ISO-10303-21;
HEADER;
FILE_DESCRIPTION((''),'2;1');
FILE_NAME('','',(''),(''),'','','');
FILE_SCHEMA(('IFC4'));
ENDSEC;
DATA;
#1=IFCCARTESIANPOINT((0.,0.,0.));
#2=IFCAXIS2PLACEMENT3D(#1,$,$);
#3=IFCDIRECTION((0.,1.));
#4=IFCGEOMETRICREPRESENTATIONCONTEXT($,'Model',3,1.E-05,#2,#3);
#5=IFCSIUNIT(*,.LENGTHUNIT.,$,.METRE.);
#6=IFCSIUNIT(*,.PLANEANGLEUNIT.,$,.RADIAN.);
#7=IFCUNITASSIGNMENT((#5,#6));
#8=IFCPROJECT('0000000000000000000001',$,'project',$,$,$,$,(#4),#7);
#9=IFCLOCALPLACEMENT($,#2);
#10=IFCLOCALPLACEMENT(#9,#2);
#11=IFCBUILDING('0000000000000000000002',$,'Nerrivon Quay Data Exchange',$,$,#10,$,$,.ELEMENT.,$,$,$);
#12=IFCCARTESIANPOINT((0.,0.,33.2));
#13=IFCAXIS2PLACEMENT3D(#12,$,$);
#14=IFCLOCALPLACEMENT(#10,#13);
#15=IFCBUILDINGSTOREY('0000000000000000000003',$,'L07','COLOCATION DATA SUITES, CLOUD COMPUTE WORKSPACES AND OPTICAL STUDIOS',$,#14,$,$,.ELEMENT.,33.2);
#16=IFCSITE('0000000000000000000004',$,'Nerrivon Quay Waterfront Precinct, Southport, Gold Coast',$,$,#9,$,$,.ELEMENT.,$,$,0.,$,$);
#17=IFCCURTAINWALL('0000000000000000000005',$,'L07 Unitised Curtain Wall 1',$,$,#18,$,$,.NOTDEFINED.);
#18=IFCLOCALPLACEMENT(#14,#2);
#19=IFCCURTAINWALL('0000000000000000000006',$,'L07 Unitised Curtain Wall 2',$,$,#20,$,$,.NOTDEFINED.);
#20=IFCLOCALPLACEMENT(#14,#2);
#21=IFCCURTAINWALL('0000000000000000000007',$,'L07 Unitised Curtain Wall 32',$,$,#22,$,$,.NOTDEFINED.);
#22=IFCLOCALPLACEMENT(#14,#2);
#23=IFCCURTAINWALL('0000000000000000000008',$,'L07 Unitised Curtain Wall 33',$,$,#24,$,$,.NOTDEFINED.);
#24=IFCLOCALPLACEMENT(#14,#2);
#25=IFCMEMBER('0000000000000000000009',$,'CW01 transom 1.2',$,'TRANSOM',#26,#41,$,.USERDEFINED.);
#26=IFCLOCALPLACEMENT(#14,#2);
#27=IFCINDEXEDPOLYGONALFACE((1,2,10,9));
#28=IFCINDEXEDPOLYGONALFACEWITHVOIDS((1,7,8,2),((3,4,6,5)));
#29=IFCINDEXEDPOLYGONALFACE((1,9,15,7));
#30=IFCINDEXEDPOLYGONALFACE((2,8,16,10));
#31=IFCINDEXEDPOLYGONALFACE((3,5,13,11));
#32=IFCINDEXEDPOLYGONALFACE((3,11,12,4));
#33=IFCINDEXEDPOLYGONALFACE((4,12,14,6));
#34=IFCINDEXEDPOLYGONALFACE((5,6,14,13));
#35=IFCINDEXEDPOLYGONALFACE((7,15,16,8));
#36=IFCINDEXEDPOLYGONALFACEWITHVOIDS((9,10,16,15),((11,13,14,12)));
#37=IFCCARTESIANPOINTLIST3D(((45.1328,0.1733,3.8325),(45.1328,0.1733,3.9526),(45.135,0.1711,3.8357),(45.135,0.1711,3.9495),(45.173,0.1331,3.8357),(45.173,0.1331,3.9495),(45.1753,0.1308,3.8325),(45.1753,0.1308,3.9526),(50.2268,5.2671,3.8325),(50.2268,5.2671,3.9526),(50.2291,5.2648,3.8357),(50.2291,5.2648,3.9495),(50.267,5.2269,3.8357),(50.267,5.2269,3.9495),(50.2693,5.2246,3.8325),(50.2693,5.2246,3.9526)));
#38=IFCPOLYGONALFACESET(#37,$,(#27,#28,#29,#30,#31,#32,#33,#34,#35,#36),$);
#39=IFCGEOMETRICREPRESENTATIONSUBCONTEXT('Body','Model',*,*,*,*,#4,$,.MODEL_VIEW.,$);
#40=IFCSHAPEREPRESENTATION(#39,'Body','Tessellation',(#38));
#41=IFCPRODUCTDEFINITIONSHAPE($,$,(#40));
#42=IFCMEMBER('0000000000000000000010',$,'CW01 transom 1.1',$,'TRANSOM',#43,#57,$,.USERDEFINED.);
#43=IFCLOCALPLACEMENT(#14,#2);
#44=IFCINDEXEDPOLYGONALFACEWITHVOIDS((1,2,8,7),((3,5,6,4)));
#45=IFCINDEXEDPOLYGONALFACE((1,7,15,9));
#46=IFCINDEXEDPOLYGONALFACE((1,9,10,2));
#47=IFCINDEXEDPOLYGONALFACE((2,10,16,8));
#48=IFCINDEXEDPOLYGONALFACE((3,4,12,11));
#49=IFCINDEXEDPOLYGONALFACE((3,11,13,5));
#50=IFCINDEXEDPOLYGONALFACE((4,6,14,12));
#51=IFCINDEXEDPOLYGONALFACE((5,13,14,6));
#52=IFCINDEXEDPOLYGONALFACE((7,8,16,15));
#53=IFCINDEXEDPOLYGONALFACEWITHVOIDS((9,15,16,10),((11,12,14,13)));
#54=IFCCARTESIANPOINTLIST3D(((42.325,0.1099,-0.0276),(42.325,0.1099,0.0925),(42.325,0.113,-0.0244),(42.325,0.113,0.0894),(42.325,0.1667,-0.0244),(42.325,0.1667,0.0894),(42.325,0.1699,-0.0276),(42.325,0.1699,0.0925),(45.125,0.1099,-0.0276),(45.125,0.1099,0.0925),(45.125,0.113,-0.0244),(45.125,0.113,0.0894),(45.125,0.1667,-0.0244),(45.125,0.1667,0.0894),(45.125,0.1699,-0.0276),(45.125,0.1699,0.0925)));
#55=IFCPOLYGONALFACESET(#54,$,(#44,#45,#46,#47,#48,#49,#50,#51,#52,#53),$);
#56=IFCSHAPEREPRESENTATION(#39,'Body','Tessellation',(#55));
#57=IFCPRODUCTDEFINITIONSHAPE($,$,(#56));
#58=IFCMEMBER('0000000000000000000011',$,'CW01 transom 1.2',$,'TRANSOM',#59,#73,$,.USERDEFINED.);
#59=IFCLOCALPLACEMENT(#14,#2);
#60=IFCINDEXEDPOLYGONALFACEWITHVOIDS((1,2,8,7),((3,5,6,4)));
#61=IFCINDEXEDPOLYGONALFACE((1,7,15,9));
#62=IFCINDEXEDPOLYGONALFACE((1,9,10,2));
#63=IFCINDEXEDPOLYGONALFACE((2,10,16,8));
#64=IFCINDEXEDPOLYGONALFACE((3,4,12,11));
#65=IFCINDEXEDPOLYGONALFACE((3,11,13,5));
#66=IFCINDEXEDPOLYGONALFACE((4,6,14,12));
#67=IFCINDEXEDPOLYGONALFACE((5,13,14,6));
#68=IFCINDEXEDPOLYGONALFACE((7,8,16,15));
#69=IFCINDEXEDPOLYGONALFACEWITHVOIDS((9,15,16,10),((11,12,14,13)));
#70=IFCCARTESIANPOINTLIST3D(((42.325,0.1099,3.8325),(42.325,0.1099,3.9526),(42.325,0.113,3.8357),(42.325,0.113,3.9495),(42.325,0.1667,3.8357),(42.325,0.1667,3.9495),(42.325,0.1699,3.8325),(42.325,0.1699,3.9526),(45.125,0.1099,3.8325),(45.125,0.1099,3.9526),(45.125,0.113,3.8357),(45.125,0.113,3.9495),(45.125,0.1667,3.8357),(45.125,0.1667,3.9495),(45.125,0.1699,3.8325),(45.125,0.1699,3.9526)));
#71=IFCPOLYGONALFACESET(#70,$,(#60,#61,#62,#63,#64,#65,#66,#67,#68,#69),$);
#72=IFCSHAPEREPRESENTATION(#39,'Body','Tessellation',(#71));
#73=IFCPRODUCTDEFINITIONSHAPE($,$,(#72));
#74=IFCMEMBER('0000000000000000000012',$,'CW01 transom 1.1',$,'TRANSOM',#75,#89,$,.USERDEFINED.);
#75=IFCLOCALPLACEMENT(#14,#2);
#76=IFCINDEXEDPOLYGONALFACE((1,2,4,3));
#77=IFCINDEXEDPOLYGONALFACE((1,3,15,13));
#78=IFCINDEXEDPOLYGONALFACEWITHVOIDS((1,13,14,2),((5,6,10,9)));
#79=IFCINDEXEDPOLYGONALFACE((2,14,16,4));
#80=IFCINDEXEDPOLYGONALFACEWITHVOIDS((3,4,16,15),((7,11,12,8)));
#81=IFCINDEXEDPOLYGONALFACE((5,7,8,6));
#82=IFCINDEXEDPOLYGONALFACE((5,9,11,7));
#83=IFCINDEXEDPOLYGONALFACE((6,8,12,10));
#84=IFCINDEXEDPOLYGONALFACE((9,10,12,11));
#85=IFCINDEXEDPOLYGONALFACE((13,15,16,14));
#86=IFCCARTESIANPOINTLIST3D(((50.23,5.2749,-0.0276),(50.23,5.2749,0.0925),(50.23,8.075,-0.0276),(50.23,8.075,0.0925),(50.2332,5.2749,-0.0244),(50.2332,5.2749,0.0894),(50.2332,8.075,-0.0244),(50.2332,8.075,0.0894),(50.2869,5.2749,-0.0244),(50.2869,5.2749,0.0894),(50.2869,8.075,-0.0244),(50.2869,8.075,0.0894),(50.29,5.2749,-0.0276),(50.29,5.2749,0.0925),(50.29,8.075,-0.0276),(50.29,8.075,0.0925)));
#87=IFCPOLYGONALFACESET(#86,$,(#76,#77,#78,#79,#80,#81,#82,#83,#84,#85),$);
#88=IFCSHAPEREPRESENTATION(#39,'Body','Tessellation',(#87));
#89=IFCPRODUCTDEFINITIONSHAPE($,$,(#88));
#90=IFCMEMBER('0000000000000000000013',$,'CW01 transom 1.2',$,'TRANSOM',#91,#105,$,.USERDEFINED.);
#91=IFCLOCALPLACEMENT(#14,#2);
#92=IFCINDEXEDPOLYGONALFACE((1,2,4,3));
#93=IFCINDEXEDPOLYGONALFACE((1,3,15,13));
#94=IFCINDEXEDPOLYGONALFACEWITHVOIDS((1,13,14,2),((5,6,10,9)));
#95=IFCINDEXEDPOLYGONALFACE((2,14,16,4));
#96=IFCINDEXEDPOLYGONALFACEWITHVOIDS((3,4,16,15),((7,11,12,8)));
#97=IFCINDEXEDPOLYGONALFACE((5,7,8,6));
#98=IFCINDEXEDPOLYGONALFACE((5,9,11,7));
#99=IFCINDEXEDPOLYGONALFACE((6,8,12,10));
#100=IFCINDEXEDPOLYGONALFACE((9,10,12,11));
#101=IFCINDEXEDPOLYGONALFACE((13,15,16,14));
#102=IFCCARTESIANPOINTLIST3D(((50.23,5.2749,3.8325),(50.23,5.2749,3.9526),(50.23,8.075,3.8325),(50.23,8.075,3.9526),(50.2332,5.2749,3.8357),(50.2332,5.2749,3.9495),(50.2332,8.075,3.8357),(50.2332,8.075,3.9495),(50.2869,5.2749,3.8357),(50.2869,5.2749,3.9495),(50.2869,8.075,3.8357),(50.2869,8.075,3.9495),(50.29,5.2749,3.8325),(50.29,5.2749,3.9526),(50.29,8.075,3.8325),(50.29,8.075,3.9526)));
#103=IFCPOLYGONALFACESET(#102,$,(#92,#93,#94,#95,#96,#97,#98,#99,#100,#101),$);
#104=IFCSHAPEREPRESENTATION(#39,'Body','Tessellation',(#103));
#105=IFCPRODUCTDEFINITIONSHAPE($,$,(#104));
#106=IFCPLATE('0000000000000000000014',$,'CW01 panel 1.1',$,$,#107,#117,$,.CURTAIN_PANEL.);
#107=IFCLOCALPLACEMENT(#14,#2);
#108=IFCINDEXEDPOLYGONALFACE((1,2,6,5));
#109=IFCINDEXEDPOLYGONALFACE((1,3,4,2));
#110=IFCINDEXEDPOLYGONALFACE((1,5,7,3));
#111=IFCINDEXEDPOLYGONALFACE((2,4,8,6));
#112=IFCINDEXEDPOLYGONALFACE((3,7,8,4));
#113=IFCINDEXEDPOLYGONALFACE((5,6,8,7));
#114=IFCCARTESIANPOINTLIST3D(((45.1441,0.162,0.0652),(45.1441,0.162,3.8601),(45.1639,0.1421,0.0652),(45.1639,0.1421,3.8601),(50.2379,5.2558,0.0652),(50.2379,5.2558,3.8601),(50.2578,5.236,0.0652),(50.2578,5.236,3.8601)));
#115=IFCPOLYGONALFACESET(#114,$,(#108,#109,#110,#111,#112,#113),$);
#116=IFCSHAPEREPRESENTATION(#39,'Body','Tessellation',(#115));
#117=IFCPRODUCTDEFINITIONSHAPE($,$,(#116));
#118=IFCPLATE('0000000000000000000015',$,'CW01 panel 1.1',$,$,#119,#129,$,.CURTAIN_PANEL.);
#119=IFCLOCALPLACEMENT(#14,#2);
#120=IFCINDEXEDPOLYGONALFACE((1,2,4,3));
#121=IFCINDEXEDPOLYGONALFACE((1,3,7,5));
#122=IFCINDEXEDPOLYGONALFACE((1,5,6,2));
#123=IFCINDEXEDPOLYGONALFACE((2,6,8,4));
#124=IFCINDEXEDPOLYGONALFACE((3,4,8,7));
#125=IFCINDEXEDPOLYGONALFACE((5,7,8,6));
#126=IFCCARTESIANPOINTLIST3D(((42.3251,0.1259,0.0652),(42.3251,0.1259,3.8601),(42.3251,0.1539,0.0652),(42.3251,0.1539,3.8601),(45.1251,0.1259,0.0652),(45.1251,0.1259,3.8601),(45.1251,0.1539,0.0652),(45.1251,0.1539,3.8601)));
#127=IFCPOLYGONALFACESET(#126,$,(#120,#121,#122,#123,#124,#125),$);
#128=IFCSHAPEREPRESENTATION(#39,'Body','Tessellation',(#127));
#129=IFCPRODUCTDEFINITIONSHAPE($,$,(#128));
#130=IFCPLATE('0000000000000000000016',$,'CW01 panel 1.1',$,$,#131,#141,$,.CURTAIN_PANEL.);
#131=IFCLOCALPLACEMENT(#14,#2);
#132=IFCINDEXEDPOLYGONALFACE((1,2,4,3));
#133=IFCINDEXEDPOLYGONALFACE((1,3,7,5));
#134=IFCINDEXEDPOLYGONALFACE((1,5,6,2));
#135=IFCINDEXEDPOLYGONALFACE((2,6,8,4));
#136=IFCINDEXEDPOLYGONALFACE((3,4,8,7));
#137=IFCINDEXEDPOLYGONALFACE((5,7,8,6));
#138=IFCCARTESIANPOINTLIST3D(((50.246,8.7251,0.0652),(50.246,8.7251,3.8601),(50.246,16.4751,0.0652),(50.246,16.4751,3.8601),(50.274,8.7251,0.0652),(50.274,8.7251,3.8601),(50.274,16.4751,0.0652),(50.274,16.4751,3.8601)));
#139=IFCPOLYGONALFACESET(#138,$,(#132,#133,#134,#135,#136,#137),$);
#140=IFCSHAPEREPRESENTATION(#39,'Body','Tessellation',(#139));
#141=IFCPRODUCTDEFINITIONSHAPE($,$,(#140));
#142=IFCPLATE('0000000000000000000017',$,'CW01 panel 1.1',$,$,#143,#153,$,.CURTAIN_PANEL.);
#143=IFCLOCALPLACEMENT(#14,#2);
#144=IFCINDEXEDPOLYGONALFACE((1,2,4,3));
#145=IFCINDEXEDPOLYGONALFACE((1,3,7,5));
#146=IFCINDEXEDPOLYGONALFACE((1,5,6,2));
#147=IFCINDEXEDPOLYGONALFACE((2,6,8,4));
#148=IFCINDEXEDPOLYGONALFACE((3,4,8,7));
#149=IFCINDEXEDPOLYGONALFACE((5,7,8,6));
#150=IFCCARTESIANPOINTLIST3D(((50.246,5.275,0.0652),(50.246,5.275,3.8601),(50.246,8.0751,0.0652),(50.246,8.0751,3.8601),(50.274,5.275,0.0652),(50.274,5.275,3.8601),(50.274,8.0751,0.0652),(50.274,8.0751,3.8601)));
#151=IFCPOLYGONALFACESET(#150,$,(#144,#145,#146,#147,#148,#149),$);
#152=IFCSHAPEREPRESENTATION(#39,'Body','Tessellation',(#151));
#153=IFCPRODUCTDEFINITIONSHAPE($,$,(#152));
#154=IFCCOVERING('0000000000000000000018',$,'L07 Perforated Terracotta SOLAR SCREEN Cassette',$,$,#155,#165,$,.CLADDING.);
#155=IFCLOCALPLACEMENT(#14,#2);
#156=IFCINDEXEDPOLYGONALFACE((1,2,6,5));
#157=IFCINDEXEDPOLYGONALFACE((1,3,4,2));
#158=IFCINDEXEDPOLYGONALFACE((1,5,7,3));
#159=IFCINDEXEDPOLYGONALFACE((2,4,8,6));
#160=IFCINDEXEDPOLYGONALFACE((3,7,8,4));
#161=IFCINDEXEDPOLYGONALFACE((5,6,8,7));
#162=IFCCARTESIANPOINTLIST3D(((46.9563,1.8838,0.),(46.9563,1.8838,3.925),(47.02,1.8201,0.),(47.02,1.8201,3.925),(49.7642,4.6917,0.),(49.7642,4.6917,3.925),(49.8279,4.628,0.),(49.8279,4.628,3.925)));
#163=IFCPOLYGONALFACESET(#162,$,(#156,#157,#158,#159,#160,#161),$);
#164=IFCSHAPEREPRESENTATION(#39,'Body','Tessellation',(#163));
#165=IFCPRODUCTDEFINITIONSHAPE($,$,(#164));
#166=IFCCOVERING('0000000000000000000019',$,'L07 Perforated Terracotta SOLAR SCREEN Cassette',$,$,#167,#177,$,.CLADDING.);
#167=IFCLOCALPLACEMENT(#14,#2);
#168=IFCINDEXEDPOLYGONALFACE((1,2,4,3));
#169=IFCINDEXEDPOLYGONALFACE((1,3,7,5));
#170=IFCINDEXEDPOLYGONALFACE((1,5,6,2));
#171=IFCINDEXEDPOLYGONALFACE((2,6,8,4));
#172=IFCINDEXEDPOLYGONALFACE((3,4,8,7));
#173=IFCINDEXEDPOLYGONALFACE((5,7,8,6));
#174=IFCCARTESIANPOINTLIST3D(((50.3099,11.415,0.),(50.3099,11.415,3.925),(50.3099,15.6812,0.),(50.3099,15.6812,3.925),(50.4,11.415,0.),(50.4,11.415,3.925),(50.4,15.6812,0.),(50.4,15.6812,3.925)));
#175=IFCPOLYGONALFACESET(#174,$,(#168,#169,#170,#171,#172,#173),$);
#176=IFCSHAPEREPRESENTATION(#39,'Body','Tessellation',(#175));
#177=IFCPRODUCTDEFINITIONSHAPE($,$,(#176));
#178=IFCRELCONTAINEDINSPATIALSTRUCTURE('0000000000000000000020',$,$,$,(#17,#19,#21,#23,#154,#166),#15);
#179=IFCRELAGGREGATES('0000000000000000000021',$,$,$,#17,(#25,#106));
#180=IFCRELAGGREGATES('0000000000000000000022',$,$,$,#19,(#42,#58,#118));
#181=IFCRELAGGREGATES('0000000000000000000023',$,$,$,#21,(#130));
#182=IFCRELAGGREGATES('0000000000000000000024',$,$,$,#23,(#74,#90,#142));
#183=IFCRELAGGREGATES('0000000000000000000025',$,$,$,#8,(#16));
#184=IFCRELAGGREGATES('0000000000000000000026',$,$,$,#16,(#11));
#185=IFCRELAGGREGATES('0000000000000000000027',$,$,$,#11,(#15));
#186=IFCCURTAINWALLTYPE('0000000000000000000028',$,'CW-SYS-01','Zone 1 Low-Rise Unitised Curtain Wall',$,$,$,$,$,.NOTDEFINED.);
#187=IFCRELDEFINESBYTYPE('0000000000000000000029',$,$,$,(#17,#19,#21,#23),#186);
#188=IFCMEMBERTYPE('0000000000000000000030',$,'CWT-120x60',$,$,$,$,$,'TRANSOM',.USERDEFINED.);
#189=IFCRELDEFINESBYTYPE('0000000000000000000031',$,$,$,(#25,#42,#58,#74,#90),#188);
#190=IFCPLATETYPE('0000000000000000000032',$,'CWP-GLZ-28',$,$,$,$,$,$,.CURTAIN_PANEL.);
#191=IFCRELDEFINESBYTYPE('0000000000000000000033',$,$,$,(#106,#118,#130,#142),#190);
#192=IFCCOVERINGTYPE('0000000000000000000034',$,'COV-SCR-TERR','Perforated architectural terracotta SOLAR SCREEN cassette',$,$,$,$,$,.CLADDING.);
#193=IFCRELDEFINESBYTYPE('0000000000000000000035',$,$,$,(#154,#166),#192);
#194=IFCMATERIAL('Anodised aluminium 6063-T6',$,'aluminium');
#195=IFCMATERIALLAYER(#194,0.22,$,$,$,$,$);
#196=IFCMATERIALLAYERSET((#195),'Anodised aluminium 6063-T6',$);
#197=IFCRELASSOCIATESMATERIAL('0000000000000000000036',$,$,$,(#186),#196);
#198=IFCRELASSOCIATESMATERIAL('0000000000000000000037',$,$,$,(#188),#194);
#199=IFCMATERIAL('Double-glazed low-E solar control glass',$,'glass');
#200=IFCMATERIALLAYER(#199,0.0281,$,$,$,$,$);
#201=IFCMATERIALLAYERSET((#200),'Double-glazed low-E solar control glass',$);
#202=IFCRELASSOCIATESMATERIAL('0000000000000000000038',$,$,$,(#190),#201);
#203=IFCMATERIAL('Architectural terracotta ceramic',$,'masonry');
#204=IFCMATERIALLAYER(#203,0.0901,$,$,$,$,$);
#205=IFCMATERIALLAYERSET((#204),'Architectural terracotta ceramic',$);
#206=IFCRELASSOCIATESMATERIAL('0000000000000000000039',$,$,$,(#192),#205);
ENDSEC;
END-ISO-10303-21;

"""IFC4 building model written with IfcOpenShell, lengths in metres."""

from ifc_helpers import new_model, si_unit, direction, frame, origin, origin_2d, place, context, subcontext, project, spatial, rectangle, hollow_rectangle, extrude, material, layer, layer_set, material_profile, profile_set, type_object, element, aggregate, save


model = new_model("IFC4")

# Units and contexts
model_context = context("Model", 3, precision=1e-05, world=origin(), true_north=direction((0.0, 1.0)))
body_context = subcontext(model_context, "Body", "Model", "MODEL_VIEW")
ifc_project = project(units=[si_unit("LENGTHUNIT", "METRE"), si_unit("PLANEANGLEUNIT", "RADIAN")], contexts=[model_context])

# Site, building, storey
site_placement = place(None, origin())
site = spatial("IfcSite", under=ifc_project, at=site_placement, Name="Nerrivon Quay Waterfront Precinct, Southport, Gold Coast", CompositionType="ELEMENT", RefElevation=0.0)
building_placement = place(site_placement, origin())
building = spatial("IfcBuilding", under=site, at=building_placement, Name="Nerrivon Quay Data Exchange", CompositionType="ELEMENT")
storey_placement = place(building_placement, frame((0.0, 0.0, 33.2)))
storey = spatial("IfcBuildingStorey", under=building, at=storey_placement, Name="L07", Description="COLOCATION DATA SUITES, CLOUD COMPUTE WORKSPACES AND OPTICAL STUDIOS", CompositionType="ELEMENT", Elevation=33.2)

# Curtain walls
ifc_material_1 = material(Name="Anodised aluminium 6063-T6", Category="aluminium")
ifc_layer_1 = layer(ifc_material_1, 0.22)
ifc_layer_set_1 = layer_set([ifc_layer_1], Name="Anodised aluminium 6063-T6")
curtain_wall_type = type_object("IfcCurtainWallType", Name="CW-SYS-01", Description="Zone 1 Low-Rise Unitised Curtain Wall", PredefinedType="NOTDEFINED", material=ifc_layer_set_1)
curtain_wall_1_placement = place(storey_placement, origin())
curtain_wall_1 = element("IfcCurtainWall", 1, at=curtain_wall_1_placement, inside=storey, type_object=curtain_wall_type, Name="L07 Unitised Curtain Wall 1", PredefinedType="NOTDEFINED")
curtain_wall_2_placement = place(storey_placement, origin())
curtain_wall_2 = element("IfcCurtainWall", 2, at=curtain_wall_2_placement, inside=storey, type_object=curtain_wall_type, Name="L07 Unitised Curtain Wall 2", PredefinedType="NOTDEFINED")

# Curtain wall
curtain_wall_3_placement = place(storey_placement, origin())
curtain_wall_3 = element("IfcCurtainWall", 3, at=curtain_wall_3_placement, inside=storey, type_object=curtain_wall_type, Name="L07 Unitised Curtain Wall 32", PredefinedType="NOTDEFINED")

# Curtain wall
curtain_wall_4_placement = place(storey_placement, origin())
curtain_wall_4 = element("IfcCurtainWall", 4, at=curtain_wall_4_placement, inside=storey, type_object=curtain_wall_type, Name="L07 Unitised Curtain Wall 33", PredefinedType="NOTDEFINED")

# Members
ifc_material_profile_1 = material_profile(ifc_material_1, hollow_rectangle(XDim=0.0601, YDim=0.1201, WallThickness=0.0032, at=origin_2d()), Name="ALU-TRAN-120x60")
ifc_profile_set_1 = profile_set([ifc_material_profile_1], Name="Anodised aluminium 6063-T6")
member_type_1 = type_object("IfcMemberType", Name="CWT-120x60", ElementType="TRANSOM", PredefinedType="USERDEFINED", material=ifc_profile_set_1)
member_1_placement = place(storey_placement, frame((50.248, 5.2458, 3.8926), z_axis=(-0.707124, -0.70709, 0.0), x_axis=(0.70709, -0.707124, 0.0)))
member_1 = element("IfcMember", 5, at=member_1_placement, type_object=member_type_1, Name="CW01 transom 1.2", ObjectType="TRANSOM", PredefinedType="USERDEFINED", context=body_context, shape_type="SweptSolid", body=[
    extrude(hollow_rectangle(XDim=0.0601, YDim=0.1201, WallThickness=0.0032, at=origin_2d()), origin(), (0.0, 0.0, 1.0), 7.2039),
])
member_2_placement = place(storey_placement, frame((45.125, 0.1399, 0.0325), z_axis=(-1.0, 0.0, 0.0), x_axis=(0.0, -1.0, 0.0)))
member_2 = element("IfcMember", 6, at=member_2_placement, type_object=member_type_1, Name="CW01 transom 1.1", ObjectType="TRANSOM", PredefinedType="USERDEFINED", context=body_context, shape_type="SweptSolid", body=[
    extrude(hollow_rectangle(XDim=0.0601, YDim=0.1201, WallThickness=0.0032, at=origin_2d()), origin(), (0.0, 0.0, 1.0), 2.8),
])
member_3_placement = place(storey_placement, frame((45.125, 0.1399, 3.8926), z_axis=(-1.0, 0.0, 0.0), x_axis=(0.0, -1.0, 0.0)))
member_3 = element("IfcMember", 7, at=member_3_placement, type_object=member_type_1, Name="CW01 transom 1.2", ObjectType="TRANSOM", PredefinedType="USERDEFINED", context=body_context, shape_type="SweptSolid", body=[
    extrude(hollow_rectangle(XDim=0.0601, YDim=0.1201, WallThickness=0.0032, at=origin_2d()), origin(), (0.0, 0.0, 1.0), 2.8),
])
member_4_placement = place(storey_placement, frame((50.26, 8.075, 0.0325), z_axis=(0.0, -1.0, 0.0), x_axis=(1.0, 0.0, 0.0)))
member_4 = element("IfcMember", 8, at=member_4_placement, type_object=member_type_1, Name="CW01 transom 1.1", ObjectType="TRANSOM", PredefinedType="USERDEFINED", context=body_context, shape_type="SweptSolid", body=[
    extrude(hollow_rectangle(XDim=0.0601, YDim=0.1201, WallThickness=0.0032, at=origin_2d()), origin(), (0.0, 0.0, 1.0), 2.8),
])
member_5_placement = place(storey_placement, frame((50.26, 8.075, 3.8926), z_axis=(0.0, -1.0, 0.0), x_axis=(1.0, 0.0, 0.0)))
member_5 = element("IfcMember", 9, at=member_5_placement, type_object=member_type_1, Name="CW01 transom 1.2", ObjectType="TRANSOM", PredefinedType="USERDEFINED", context=body_context, shape_type="SweptSolid", body=[
    extrude(hollow_rectangle(XDim=0.0601, YDim=0.1201, WallThickness=0.0032, at=origin_2d()), origin(), (0.0, 0.0, 1.0), 2.8),
])

# Plates
ifc_material_2 = material(Name="Double-glazed low-E solar control glass", Category="glass")
ifc_layer_2 = layer(ifc_material_2, 0.0281)
ifc_layer_set_2 = layer_set([ifc_layer_2], Name="Double-glazed low-E solar control glass")
plate_type = type_object("IfcPlateType", Name="CWP-GLZ-28", PredefinedType="CURTAIN_PANEL", material=ifc_layer_set_2)
plate_1_placement = place(storey_placement, frame((47.7009, 2.699, 0.0652), z_axis=(0.0, 0.0, 1.0), x_axis=(-0.707107, -0.707107, 0.0)))
plate_1 = element("IfcPlate", 10, at=plate_1_placement, type_object=plate_type, Name="CW01 panel 1.1", PredefinedType="CURTAIN_PANEL", context=body_context, shape_type="SweptSolid", body=[
    extrude(rectangle(XDim=7.2039, YDim=0.0281, at=origin_2d()), origin(), (0.0, 0.0, 1.0), 3.7949),
])
aggregate(curtain_wall_1, [member_1, plate_1])
plate_2_placement = place(storey_placement, frame((43.7251, 0.1399, 0.0652), z_axis=(0.0, 0.0, 1.0), x_axis=(-1.0, 0.0, 0.0)))
plate_2 = element("IfcPlate", 11, at=plate_2_placement, type_object=plate_type, Name="CW01 panel 1.1", PredefinedType="CURTAIN_PANEL", context=body_context, shape_type="SweptSolid", body=[
    extrude(rectangle(XDim=2.8, YDim=0.0281, at=origin_2d()), origin(), (0.0, 0.0, 1.0), 3.7949),
])
aggregate(curtain_wall_2, [member_2, member_3, plate_2])
plate_3_placement = place(storey_placement, frame((50.26, 12.6001, 0.0652), z_axis=(0.0, 0.0, 1.0), x_axis=(0.0, -1.0, 0.0)))
plate_3 = element("IfcPlate", 12, at=plate_3_placement, type_object=plate_type, Name="CW01 panel 1.1", PredefinedType="CURTAIN_PANEL", context=body_context, shape_type="SweptSolid", body=[
    extrude(rectangle(XDim=7.75, YDim=0.0281, at=origin_2d()), origin(), (0.0, 0.0, 1.0), 3.7949),
])
aggregate(curtain_wall_3, [plate_3])
plate_4_placement = place(storey_placement, frame((50.26, 6.675, 0.0652), z_axis=(0.0, 0.0, 1.0), x_axis=(0.0, -1.0, 0.0)))
plate_4 = element("IfcPlate", 13, at=plate_4_placement, type_object=plate_type, Name="CW01 panel 1.1", PredefinedType="CURTAIN_PANEL", context=body_context, shape_type="SweptSolid", body=[
    extrude(rectangle(XDim=2.8, YDim=0.0281, at=origin_2d()), origin(), (0.0, 0.0, 1.0), 3.7949),
])
aggregate(curtain_wall_4, [member_4, member_5, plate_4])

# Coverings
ifc_material_3 = material(Name="Architectural terracotta ceramic", Category="masonry")
ifc_layer_3 = layer(ifc_material_3, 0.0901)
ifc_layer_set_3 = layer_set([ifc_layer_3], Name="Architectural terracotta ceramic")
covering_type = type_object("IfcCoveringType", Name="COV-SCR-TERR", Description="Perforated architectural terracotta SOLAR SCREEN cassette", PredefinedType="CLADDING", material=ifc_layer_set_3)
covering_1_placement = place(storey_placement, frame((48.3921, 3.2559, 0.0), z_axis=(0.0, 0.0, 1.0), x_axis=(-0.707107, -0.707107, 0.0)))
element("IfcCovering", 14, at=covering_1_placement, inside=storey, type_object=covering_type, Name="L07 Perforated Terracotta SOLAR SCREEN Cassette", PredefinedType="CLADDING", context=body_context, shape_type="SweptSolid", body=[
    extrude(rectangle(XDim=3.9709, YDim=0.0901, at=origin_2d()), origin(), (0.0, 0.0, 1.0), 3.925),
])
covering_2_placement = place(storey_placement, frame((50.355, 13.5481, 0.0), z_axis=(0.0, 0.0, 1.0), x_axis=(0.0, -1.0, 0.0)))
element("IfcCovering", 15, at=covering_2_placement, inside=storey, type_object=covering_type, Name="L07 Perforated Terracotta SOLAR SCREEN Cassette", PredefinedType="CLADDING", context=body_context, shape_type="SweptSolid", body=[
    extrude(rectangle(XDim=4.2661, YDim=0.0901, at=origin_2d()), origin(), (0.0, 0.0, 1.0), 3.925),
])

save(model, "model.ifc")
